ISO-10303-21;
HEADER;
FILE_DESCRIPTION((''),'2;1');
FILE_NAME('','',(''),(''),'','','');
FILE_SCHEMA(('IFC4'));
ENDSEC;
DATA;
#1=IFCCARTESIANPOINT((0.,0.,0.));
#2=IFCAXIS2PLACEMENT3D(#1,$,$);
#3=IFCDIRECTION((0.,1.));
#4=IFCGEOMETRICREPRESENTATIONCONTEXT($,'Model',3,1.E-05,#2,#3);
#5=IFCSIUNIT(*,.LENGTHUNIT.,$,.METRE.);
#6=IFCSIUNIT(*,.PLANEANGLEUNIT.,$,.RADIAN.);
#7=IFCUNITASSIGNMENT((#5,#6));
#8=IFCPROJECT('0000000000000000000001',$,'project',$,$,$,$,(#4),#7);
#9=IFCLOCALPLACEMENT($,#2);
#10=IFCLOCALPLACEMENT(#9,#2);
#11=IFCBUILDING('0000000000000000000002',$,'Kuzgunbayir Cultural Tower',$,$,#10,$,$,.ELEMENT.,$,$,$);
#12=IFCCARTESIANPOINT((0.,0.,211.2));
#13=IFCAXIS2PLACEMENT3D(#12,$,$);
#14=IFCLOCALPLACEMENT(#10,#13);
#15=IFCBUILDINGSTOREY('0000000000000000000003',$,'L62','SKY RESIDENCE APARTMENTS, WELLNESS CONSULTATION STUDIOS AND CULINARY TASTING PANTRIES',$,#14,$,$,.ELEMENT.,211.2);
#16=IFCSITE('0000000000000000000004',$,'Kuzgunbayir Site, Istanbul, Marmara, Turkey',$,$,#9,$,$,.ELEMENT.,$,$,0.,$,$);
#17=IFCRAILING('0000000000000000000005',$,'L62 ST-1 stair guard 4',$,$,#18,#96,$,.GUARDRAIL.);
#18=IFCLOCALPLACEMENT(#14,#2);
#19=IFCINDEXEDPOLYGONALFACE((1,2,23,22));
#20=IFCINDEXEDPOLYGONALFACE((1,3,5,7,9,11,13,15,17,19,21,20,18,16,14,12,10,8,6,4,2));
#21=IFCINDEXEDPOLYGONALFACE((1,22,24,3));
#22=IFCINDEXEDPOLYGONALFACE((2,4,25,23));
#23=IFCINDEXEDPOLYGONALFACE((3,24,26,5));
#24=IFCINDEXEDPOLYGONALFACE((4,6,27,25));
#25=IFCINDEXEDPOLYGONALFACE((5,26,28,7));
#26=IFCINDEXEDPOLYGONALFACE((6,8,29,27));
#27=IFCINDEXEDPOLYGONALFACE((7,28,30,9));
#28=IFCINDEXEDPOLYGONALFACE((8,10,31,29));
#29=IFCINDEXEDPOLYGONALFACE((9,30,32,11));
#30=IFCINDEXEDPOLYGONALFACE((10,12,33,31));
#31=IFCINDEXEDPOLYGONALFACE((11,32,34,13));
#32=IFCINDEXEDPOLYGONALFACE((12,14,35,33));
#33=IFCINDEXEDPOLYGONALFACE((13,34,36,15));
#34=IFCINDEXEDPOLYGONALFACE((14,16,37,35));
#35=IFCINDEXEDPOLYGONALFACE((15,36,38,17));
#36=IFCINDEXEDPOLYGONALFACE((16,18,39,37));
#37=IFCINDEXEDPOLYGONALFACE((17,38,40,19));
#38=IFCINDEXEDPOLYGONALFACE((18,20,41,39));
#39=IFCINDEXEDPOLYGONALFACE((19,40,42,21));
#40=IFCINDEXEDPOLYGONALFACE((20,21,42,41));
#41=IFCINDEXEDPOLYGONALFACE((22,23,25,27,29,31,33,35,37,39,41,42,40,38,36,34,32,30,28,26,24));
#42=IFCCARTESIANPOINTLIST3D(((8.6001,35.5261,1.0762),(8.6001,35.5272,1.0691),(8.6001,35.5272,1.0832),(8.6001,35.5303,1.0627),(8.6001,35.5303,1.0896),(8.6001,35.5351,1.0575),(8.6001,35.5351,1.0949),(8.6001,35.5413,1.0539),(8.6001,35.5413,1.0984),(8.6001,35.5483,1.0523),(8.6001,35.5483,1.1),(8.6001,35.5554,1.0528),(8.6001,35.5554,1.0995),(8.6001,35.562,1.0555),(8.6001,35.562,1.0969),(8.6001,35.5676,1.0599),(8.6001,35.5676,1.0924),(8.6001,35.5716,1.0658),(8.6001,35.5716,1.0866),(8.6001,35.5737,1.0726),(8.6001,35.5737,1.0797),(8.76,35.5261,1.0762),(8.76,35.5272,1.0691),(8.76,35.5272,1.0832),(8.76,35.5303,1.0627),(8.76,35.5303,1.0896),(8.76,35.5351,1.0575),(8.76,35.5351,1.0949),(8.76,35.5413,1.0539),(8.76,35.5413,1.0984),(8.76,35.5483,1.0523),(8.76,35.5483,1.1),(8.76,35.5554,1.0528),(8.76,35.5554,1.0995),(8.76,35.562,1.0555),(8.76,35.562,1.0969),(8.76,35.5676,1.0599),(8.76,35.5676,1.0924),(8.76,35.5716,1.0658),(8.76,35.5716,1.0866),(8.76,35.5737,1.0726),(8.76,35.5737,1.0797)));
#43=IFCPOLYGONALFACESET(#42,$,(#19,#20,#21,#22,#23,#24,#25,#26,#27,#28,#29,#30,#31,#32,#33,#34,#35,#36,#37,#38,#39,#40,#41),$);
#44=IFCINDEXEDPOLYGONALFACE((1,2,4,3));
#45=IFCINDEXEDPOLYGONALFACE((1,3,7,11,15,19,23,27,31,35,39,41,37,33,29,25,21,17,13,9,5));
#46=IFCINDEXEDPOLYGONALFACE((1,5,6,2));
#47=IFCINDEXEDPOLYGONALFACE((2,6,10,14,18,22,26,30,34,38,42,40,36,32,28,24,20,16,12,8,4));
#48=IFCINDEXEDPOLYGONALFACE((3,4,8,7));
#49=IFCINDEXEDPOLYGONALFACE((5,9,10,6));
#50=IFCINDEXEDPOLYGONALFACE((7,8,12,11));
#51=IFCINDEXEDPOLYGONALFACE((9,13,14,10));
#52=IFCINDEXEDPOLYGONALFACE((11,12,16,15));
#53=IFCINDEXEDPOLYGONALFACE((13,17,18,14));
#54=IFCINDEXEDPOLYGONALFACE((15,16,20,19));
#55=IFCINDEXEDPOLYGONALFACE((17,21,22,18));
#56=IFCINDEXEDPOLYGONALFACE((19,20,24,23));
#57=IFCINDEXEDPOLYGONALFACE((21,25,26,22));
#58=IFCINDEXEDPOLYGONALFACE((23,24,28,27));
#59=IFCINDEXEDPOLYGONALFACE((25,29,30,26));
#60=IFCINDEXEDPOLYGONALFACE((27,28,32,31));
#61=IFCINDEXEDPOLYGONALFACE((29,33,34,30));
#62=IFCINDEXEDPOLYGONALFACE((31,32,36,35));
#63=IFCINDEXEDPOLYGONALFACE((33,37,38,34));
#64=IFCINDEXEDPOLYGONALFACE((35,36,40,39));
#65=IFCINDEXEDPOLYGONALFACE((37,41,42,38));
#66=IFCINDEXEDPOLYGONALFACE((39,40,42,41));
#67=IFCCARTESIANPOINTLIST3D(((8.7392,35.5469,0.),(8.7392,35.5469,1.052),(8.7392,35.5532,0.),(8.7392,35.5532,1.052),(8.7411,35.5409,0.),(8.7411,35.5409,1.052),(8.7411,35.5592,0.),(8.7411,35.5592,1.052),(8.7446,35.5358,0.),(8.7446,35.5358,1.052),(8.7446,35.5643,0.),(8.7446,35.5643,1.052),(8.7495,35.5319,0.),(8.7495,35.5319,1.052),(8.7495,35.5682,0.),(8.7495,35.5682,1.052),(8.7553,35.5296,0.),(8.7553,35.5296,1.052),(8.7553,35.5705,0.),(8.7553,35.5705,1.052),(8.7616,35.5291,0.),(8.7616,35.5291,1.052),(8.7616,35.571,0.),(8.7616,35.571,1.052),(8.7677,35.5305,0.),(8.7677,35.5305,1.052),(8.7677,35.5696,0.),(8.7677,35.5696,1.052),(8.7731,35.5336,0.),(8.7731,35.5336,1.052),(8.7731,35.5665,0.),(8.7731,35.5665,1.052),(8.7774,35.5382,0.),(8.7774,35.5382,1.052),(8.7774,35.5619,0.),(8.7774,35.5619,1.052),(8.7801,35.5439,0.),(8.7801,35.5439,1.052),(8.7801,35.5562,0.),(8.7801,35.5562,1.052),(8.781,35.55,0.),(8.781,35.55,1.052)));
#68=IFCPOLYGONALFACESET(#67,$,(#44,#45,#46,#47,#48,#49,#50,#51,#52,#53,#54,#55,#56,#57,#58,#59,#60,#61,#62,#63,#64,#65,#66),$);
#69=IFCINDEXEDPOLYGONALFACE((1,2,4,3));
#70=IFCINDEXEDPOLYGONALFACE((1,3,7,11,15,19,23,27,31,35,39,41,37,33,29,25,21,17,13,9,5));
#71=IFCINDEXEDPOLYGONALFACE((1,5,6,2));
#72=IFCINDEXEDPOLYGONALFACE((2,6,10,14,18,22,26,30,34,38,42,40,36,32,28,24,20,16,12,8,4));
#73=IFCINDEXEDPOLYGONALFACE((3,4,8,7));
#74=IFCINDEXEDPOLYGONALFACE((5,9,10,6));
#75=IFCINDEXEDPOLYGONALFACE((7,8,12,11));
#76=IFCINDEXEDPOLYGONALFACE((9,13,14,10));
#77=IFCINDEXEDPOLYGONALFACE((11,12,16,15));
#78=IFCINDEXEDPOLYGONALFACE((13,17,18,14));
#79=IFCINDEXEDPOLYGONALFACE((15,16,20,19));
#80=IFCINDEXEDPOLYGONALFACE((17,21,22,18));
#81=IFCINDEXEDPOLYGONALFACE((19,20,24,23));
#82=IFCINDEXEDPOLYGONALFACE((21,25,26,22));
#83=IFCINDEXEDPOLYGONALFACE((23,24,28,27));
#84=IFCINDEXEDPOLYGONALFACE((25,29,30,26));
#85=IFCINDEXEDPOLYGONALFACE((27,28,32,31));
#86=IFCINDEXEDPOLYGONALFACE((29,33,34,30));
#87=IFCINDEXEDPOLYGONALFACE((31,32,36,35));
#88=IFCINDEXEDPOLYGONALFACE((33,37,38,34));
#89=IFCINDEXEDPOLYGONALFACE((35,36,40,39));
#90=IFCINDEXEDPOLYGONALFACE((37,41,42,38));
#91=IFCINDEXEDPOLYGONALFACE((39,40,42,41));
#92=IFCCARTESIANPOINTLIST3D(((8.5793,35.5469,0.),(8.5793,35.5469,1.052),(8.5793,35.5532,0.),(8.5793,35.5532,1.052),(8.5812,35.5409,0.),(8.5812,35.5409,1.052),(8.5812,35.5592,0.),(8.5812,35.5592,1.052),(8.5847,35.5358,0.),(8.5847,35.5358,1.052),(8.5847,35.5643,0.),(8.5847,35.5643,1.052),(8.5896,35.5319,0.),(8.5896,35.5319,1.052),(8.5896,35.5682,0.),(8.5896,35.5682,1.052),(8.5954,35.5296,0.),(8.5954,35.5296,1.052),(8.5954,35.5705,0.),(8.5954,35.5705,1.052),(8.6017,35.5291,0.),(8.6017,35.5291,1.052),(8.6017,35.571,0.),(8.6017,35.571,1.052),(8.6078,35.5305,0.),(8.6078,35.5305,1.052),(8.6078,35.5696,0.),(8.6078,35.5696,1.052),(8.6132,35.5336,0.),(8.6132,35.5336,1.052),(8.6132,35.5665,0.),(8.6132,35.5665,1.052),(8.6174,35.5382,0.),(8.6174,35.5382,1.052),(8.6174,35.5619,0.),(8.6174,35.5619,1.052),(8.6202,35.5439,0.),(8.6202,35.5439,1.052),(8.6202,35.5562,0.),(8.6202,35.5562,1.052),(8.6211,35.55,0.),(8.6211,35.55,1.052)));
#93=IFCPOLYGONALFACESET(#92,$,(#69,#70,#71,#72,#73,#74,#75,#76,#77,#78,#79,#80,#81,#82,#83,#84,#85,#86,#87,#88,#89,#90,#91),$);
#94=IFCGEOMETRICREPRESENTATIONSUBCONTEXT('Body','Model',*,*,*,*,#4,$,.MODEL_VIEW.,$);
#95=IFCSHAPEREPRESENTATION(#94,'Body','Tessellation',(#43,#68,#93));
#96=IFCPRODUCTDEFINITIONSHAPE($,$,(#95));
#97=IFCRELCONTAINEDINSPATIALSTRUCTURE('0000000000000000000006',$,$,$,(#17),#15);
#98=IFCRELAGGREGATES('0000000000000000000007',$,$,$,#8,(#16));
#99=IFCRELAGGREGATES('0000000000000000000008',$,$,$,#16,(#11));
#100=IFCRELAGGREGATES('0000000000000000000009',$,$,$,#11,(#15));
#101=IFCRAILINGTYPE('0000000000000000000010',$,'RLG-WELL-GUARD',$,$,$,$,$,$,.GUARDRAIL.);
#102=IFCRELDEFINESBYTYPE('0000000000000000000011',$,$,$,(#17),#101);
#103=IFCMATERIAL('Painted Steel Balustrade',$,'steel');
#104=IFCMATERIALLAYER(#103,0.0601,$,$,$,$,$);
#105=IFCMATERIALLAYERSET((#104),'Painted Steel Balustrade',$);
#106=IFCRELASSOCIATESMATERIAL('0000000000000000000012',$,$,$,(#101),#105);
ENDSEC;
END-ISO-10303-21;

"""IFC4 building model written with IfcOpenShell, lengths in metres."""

from ifc_helpers import new_model, si_unit, direction, frame, origin, origin_2d, place, context, subcontext, project, spatial, circle, extrude, material, layer, layer_set, type_object, element, save


model = new_model("IFC4")

# Units and contexts
model_context = context("Model", 3, precision=1e-05, world=origin(), true_north=direction((0.0, 1.0)))
body_context = subcontext(model_context, "Body", "Model", "MODEL_VIEW")
ifc_project = project(units=[si_unit("LENGTHUNIT", "METRE"), si_unit("PLANEANGLEUNIT", "RADIAN")], contexts=[model_context])

# Site, building, storey
site_placement = place(None, origin())
site = spatial("IfcSite", under=ifc_project, at=site_placement, Name="Kuzgunbayir Site, Istanbul, Marmara, Turkey", CompositionType="ELEMENT", RefElevation=0.0)
building_placement = place(site_placement, origin())
building = spatial("IfcBuilding", under=site, at=building_placement, Name="Kuzgunbayir Cultural Tower", CompositionType="ELEMENT")
storey_placement = place(building_placement, frame((0.0, 0.0, 211.2)))
storey = spatial("IfcBuildingStorey", under=building, at=storey_placement, Name="L62", Description="SKY RESIDENCE APARTMENTS, WELLNESS CONSULTATION STUDIOS AND CULINARY TASTING PANTRIES", CompositionType="ELEMENT", Elevation=211.2)

# Railing
ifc_material_1 = material(Name="Painted Steel Balustrade", Category="steel")
ifc_layer_1 = layer(ifc_material_1, 0.0601)
ifc_layer_set_1 = layer_set([ifc_layer_1], Name="Painted Steel Balustrade")
railing_type = type_object("IfcRailingType", Name="RLG-WELL-GUARD", PredefinedType="GUARDRAIL", material=ifc_layer_set_1)
railing_1_placement = place(storey_placement, frame((8.76, 35.55, 0.0)))
element("IfcRailing", 1, at=railing_1_placement, inside=storey, type_object=railing_type, Name="L62 ST-1 stair guard 4", PredefinedType="GUARDRAIL", context=body_context, shape_type="SweptSolid", body=[
    extrude(circle(Radius=0.0239, at=origin_2d()), frame((0.0, 0.0, 1.0762), z_axis=(-1.0, 0.0, 0.0), x_axis=(0.0, -1.0, 0.0)), (0.0, 0.0, 1.0), 0.1599),
    extrude(circle(Radius=0.021, at=origin_2d()), origin(), (0.0, 0.0, 1.0), 1.052),
    extrude(circle(Radius=0.021, at=origin_2d()), frame((-0.1599, 0.0, 0.0)), (0.0, 0.0, 1.0), 1.052),
])

save(model, "model.ifc")
